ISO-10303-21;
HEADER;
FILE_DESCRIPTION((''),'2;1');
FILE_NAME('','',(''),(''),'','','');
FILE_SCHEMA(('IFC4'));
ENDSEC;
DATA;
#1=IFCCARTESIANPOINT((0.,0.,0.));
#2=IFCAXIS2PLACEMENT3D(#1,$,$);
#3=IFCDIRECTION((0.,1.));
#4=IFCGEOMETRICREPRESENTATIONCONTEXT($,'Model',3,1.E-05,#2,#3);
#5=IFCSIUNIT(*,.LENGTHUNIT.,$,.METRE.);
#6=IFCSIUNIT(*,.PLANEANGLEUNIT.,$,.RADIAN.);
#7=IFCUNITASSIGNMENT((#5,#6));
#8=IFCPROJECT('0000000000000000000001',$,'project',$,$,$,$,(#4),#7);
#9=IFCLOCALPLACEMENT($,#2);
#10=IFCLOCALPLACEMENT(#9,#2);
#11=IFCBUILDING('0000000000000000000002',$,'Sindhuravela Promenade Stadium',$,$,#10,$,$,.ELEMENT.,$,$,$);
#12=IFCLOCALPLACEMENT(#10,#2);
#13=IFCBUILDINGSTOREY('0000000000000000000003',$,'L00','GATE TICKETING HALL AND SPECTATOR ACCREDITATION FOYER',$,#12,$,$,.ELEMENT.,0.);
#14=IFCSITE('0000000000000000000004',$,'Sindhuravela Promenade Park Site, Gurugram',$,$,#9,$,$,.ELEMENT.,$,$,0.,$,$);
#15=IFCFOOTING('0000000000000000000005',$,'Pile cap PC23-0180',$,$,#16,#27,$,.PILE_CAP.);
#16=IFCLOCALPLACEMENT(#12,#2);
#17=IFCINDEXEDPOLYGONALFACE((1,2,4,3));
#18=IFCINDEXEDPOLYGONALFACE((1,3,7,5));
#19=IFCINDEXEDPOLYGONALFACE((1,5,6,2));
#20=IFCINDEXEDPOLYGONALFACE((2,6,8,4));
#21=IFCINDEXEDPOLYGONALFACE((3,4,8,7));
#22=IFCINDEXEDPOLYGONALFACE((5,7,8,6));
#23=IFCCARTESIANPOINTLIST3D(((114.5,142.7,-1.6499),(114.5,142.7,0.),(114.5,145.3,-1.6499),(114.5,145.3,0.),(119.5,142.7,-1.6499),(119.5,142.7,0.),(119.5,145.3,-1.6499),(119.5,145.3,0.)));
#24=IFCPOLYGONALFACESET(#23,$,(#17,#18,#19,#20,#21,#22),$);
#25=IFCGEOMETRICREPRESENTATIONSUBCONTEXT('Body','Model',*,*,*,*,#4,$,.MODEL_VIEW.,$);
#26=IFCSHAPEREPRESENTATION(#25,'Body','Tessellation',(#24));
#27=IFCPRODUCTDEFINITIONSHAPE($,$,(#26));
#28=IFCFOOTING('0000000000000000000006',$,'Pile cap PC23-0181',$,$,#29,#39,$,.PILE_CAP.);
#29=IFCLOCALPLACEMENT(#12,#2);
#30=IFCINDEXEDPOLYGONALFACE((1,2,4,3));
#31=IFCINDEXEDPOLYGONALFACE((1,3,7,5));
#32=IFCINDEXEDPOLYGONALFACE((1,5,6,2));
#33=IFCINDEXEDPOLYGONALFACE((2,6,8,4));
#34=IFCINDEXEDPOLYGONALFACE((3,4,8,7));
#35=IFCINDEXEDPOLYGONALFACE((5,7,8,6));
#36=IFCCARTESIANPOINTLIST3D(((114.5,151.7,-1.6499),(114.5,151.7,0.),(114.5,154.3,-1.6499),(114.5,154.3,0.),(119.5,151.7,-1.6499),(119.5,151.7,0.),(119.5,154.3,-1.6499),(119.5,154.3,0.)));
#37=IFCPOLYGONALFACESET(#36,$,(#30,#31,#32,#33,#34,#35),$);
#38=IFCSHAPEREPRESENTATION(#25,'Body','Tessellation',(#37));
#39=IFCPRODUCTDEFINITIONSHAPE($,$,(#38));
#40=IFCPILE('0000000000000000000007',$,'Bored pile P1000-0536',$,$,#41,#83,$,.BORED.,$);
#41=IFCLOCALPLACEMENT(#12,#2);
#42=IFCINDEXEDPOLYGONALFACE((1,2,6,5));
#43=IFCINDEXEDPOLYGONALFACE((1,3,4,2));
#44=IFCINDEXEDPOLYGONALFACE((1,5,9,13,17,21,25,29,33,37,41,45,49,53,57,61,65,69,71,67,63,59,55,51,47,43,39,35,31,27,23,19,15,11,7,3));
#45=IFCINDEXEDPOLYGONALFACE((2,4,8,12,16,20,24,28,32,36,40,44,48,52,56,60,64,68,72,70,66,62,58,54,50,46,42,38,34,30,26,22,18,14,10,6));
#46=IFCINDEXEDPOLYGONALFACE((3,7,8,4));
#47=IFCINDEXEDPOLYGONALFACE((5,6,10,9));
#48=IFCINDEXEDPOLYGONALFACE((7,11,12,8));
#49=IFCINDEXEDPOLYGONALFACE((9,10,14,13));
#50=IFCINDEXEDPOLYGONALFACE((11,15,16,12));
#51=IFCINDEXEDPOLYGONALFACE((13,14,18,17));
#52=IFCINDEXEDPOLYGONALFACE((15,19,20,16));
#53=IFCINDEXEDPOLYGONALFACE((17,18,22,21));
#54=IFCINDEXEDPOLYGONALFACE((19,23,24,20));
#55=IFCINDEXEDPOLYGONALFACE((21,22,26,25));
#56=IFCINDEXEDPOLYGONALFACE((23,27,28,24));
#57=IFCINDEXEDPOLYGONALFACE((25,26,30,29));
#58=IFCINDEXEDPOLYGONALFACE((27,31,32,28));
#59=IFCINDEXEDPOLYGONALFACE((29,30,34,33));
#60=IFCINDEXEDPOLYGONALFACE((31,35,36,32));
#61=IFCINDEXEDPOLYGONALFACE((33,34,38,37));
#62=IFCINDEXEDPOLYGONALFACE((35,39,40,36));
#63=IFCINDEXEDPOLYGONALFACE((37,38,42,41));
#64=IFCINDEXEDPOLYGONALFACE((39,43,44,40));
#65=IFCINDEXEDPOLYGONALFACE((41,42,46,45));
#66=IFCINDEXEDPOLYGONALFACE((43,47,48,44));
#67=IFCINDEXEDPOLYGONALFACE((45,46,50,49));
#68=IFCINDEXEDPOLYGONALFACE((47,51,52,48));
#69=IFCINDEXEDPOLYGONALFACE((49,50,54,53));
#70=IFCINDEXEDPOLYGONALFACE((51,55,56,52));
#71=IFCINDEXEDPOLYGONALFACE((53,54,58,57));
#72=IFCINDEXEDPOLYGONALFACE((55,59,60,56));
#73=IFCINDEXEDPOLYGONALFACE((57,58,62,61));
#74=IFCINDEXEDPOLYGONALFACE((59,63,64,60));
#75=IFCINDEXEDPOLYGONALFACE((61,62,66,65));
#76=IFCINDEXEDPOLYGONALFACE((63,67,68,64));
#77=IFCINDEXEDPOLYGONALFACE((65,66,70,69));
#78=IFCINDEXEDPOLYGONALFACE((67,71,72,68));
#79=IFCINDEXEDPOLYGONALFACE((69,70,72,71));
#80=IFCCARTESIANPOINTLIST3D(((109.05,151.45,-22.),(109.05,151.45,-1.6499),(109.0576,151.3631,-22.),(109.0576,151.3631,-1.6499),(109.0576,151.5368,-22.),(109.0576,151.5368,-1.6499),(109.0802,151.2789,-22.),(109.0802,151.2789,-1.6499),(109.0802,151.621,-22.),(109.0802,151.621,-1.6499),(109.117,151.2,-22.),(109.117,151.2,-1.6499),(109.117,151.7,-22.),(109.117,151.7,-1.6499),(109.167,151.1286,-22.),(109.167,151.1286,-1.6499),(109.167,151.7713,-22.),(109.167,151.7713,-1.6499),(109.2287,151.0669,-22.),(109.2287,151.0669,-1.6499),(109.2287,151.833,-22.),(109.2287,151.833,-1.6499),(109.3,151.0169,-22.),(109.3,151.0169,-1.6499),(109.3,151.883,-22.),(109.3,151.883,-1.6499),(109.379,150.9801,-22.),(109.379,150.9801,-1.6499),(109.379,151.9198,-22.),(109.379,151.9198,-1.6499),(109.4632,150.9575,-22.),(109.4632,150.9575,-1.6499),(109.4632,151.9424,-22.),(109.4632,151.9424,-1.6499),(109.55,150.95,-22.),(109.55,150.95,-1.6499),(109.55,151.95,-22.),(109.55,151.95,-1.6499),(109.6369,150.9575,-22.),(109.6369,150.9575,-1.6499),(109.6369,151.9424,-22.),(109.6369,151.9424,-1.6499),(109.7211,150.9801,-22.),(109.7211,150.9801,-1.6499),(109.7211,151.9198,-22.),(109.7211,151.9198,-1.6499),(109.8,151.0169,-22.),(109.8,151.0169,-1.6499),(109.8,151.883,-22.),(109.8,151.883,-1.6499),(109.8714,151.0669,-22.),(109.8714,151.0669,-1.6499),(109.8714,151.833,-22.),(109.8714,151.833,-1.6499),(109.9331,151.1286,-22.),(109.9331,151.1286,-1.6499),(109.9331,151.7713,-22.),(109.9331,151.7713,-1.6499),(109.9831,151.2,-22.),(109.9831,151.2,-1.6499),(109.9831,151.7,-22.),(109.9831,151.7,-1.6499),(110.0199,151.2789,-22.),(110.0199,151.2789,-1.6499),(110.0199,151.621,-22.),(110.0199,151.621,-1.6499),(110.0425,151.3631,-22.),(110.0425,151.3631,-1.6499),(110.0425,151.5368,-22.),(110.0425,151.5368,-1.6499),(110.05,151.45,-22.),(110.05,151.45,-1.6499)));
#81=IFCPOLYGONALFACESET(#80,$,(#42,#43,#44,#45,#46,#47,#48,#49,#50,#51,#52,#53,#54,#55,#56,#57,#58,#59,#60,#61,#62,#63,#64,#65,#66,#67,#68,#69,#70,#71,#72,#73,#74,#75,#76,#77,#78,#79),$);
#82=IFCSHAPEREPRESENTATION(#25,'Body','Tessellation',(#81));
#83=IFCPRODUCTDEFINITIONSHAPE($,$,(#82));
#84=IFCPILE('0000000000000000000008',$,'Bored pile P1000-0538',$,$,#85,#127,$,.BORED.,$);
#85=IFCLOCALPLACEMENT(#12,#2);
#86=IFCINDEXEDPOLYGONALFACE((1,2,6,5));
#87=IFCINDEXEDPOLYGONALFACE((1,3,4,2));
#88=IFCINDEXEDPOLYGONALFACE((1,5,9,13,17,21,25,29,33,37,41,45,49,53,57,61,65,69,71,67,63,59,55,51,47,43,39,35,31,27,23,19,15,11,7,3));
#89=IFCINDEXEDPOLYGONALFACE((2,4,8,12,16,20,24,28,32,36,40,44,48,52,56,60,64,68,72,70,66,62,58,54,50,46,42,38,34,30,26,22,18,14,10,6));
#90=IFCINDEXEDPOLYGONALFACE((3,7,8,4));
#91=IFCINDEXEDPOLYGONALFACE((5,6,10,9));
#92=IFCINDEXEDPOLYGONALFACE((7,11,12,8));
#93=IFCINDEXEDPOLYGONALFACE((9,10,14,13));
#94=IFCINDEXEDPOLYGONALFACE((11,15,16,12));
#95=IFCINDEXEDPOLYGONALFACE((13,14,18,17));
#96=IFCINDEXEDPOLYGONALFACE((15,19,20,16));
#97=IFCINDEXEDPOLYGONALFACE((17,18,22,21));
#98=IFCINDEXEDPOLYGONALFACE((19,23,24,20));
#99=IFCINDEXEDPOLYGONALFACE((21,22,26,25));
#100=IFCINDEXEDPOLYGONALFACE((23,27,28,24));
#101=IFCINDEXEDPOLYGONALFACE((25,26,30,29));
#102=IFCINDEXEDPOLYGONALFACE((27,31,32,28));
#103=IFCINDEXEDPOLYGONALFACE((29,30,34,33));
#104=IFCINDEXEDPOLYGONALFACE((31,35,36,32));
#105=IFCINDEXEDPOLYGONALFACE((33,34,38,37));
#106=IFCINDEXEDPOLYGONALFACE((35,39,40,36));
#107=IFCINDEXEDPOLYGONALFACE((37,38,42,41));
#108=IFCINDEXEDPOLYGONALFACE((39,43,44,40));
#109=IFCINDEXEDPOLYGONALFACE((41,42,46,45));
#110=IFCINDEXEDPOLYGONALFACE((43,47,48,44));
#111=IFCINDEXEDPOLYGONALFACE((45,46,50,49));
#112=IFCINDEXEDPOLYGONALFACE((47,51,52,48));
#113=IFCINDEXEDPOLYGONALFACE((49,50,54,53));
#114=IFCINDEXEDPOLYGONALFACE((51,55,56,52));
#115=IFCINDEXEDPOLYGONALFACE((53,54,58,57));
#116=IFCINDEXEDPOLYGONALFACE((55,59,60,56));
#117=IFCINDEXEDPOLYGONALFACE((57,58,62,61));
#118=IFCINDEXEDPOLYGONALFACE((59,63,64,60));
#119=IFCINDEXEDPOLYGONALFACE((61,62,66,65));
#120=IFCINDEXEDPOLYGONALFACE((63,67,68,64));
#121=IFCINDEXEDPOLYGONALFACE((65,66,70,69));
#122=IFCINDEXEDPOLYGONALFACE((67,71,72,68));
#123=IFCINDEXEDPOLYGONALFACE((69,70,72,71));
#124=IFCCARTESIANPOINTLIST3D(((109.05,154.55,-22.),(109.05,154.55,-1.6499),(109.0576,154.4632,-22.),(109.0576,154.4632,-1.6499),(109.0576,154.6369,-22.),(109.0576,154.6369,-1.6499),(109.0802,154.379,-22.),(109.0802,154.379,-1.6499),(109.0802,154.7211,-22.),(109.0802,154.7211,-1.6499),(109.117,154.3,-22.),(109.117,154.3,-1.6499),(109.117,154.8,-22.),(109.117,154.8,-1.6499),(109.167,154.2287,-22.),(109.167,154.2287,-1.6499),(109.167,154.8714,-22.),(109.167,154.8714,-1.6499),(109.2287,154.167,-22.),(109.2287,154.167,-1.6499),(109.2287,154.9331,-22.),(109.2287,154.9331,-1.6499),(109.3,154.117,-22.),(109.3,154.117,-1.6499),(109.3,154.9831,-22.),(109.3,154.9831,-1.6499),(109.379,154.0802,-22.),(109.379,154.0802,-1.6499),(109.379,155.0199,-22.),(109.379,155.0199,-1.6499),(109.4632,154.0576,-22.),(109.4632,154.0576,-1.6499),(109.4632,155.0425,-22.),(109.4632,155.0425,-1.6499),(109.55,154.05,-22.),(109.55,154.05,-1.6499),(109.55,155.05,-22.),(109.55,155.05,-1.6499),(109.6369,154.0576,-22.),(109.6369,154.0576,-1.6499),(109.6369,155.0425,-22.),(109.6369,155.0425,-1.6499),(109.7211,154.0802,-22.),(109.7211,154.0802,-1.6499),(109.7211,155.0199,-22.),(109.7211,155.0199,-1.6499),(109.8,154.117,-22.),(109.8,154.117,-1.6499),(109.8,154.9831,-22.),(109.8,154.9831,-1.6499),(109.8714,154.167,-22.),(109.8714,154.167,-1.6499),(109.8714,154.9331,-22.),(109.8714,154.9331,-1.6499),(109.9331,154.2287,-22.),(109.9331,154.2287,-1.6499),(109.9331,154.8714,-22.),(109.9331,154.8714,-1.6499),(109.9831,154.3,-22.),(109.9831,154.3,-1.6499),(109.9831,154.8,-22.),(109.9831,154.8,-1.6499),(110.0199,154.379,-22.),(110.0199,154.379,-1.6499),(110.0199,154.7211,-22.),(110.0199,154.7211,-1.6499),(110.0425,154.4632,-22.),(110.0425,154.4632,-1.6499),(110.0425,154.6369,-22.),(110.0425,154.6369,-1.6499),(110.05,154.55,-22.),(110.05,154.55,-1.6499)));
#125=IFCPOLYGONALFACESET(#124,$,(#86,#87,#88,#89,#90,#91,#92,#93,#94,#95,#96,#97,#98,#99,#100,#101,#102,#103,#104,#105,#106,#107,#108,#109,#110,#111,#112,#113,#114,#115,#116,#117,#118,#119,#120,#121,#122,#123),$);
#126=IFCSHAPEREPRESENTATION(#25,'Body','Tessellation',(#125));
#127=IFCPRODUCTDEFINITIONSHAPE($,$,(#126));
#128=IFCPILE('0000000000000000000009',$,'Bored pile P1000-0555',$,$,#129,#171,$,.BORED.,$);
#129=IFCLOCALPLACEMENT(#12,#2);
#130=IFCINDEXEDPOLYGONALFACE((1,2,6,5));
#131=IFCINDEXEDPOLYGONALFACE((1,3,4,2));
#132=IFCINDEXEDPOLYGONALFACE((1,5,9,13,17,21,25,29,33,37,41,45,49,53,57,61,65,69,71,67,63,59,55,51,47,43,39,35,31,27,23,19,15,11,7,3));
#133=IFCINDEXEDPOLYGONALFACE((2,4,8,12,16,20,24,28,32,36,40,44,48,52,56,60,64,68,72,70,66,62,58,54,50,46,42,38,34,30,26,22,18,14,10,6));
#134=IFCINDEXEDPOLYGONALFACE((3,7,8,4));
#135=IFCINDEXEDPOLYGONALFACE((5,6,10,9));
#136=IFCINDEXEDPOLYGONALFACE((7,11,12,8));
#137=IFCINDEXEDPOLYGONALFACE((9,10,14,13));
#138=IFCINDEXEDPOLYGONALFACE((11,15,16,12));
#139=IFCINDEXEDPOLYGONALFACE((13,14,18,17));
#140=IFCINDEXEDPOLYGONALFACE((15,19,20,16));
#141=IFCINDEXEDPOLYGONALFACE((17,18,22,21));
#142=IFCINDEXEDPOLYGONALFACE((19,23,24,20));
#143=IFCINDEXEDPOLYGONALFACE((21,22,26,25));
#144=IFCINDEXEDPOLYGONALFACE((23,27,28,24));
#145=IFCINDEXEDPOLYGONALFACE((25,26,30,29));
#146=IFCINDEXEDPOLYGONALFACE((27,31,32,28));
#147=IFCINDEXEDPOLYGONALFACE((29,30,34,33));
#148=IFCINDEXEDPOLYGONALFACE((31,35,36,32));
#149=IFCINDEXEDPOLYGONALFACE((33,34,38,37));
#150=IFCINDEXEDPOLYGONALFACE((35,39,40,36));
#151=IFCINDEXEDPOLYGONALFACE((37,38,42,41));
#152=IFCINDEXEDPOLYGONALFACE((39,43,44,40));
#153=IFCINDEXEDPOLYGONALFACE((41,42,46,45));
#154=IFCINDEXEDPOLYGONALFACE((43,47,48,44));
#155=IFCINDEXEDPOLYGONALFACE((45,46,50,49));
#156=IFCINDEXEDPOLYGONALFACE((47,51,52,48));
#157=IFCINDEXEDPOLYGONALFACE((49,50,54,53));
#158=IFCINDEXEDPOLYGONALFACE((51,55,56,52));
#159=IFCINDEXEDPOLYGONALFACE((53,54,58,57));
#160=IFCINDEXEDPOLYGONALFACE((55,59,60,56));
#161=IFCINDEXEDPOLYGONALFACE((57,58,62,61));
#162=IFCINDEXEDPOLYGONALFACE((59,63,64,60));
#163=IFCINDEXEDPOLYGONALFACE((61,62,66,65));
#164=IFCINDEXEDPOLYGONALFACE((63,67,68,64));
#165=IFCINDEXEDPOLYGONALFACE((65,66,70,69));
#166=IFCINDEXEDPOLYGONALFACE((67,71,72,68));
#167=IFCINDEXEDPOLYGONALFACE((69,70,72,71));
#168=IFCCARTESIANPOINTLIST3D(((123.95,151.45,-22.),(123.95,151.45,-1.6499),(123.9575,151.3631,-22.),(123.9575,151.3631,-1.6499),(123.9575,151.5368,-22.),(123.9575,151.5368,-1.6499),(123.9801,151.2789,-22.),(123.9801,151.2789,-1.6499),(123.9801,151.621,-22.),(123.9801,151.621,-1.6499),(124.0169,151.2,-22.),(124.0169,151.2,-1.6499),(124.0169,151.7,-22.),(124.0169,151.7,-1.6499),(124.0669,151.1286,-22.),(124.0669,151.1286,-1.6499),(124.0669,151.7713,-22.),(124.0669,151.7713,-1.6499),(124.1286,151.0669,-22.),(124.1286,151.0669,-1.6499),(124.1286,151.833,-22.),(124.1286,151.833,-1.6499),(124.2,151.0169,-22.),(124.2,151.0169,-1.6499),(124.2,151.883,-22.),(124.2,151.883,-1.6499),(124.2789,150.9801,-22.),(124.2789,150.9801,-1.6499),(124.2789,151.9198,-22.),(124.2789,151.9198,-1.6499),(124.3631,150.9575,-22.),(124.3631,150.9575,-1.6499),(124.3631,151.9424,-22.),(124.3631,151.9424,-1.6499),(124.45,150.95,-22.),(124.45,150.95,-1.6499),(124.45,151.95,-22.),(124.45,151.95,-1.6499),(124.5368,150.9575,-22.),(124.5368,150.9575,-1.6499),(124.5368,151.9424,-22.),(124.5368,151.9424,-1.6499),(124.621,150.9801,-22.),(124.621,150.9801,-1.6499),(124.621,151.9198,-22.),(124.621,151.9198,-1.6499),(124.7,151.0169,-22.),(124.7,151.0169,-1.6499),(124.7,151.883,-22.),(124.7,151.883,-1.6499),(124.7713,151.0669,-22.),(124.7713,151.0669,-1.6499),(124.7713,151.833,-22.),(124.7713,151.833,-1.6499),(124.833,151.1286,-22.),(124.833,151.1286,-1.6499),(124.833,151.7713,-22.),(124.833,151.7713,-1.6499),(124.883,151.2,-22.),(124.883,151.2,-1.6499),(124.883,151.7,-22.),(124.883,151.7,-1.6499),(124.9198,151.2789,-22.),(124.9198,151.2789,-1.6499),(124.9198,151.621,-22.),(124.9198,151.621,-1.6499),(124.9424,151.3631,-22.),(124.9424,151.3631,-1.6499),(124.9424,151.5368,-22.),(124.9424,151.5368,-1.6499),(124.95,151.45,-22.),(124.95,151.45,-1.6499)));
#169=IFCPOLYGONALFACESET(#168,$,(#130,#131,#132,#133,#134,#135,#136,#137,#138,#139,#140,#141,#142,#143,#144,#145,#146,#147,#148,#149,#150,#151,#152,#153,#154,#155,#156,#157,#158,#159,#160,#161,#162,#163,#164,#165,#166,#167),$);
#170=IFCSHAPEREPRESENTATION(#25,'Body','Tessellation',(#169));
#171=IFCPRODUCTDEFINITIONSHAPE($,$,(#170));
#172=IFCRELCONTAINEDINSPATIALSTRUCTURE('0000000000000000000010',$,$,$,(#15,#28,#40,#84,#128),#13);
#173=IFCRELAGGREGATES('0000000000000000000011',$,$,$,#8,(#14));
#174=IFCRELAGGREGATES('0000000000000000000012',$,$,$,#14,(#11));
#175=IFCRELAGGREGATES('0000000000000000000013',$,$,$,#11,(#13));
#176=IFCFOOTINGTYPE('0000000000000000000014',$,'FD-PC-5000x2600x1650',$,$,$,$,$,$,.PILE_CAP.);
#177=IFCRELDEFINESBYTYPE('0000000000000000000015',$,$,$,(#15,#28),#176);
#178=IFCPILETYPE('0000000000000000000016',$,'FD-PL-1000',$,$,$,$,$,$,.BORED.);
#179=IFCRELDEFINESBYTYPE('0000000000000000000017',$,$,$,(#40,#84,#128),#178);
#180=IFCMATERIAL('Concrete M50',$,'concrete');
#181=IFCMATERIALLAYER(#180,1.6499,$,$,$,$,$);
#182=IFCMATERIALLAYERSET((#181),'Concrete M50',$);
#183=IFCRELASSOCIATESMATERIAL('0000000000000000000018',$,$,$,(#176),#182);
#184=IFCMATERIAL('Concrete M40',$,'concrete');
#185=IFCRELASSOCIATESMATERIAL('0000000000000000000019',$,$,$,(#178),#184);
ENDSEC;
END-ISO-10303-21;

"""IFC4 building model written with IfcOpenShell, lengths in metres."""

from ifc_helpers import new_model, si_unit, direction, frame, origin, origin_2d, place, context, subcontext, project, spatial, rectangle, circle, extrude, material, layer, layer_set, material_profile, profile_set, type_object, element, save


model = new_model("IFC4")

# Units and contexts
model_context = context("Model", 3, precision=1e-05, world=origin(), true_north=direction((0.0, 1.0)))
body_context = subcontext(model_context, "Body", "Model", "MODEL_VIEW")
ifc_project = project(units=[si_unit("LENGTHUNIT", "METRE"), si_unit("PLANEANGLEUNIT", "RADIAN")], contexts=[model_context])

# Site, building, storey
site_placement = place(None, origin())
site = spatial("IfcSite", under=ifc_project, at=site_placement, Name="Sindhuravela Promenade Park Site, Gurugram", CompositionType="ELEMENT", RefElevation=0.0)
building_placement = place(site_placement, origin())
building = spatial("IfcBuilding", under=site, at=building_placement, Name="Sindhuravela Promenade Stadium", CompositionType="ELEMENT")
storey_placement = place(building_placement, origin())
storey = spatial("IfcBuildingStorey", under=building, at=storey_placement, Name="L00", Description="GATE TICKETING HALL AND SPECTATOR ACCREDITATION FOYER", CompositionType="ELEMENT", Elevation=0.0)

# Footings
ifc_material_1 = material(Name="Concrete M50", Category="concrete")
ifc_layer_1 = layer(ifc_material_1, 1.6499)
ifc_layer_set_1 = layer_set([ifc_layer_1], Name="Concrete M50")
footing_type = type_object("IfcFootingType", Name="FD-PC-5000x2600x1650", PredefinedType="PILE_CAP", material=ifc_layer_set_1)
for number, where, z_axis, x_axis, name in (
    (1, (117.0, 144.0, -1.6499), (0.0, 0.0, 1.0), (1.0, 0.0, 0.0), "Pile cap PC23-0180"),
    (2, (117.0, 153.0, -1.6499), (0.0, 0.0, 1.0), (1.0, 0.0, 0.0), "Pile cap PC23-0181"),
):
    element("IfcFooting", number, at=place(storey_placement, frame(where, z_axis=z_axis, x_axis=x_axis)), inside=storey, type_object=footing_type, Name=name, PredefinedType="PILE_CAP", context=body_context, shape_type="SweptSolid", body=[
        extrude(rectangle(XDim=5.0, YDim=2.6001, at=origin_2d()), origin(), (0.0, 0.0, 1.0), 1.6499),
    ])

# Piles
ifc_material_2 = material(Name="Concrete M40", Category="concrete")
ifc_material_profile_1 = material_profile(ifc_material_2, circle(Radius=0.5, at=origin_2d()), Name="BORED PILE D1000")
ifc_profile_set_1 = profile_set([ifc_material_profile_1], Name="Concrete M40")
pile_type_1 = type_object("IfcPileType", Name="FD-PL-1000", PredefinedType="BORED", material=ifc_profile_set_1)
for number, where, z_axis, x_axis, name in (
    (3, (109.55, 151.45, -1.6499), (0.0, 0.0, -1.0), (1.0, 0.0, 0.0), "Bored pile P1000-0536"),
    (4, (109.55, 154.55, -1.6499), (0.0, 0.0, -1.0), (1.0, 0.0, 0.0), "Bored pile P1000-0538"),
    (5, (124.45, 151.45, -1.6499), (0.0, 0.0, -1.0), (1.0, 0.0, 0.0), "Bored pile P1000-0555"),
):
    element("IfcPile", number, at=place(storey_placement, frame(where, z_axis=z_axis, x_axis=x_axis)), inside=storey, type_object=pile_type_1, Name=name, PredefinedType="BORED", context=body_context, shape_type="SweptSolid", body=[
        extrude(circle(Radius=0.5, at=origin_2d()), origin(), (0.0, 0.0, 1.0), 20.3501),
    ])

save(model, "model.ifc")
